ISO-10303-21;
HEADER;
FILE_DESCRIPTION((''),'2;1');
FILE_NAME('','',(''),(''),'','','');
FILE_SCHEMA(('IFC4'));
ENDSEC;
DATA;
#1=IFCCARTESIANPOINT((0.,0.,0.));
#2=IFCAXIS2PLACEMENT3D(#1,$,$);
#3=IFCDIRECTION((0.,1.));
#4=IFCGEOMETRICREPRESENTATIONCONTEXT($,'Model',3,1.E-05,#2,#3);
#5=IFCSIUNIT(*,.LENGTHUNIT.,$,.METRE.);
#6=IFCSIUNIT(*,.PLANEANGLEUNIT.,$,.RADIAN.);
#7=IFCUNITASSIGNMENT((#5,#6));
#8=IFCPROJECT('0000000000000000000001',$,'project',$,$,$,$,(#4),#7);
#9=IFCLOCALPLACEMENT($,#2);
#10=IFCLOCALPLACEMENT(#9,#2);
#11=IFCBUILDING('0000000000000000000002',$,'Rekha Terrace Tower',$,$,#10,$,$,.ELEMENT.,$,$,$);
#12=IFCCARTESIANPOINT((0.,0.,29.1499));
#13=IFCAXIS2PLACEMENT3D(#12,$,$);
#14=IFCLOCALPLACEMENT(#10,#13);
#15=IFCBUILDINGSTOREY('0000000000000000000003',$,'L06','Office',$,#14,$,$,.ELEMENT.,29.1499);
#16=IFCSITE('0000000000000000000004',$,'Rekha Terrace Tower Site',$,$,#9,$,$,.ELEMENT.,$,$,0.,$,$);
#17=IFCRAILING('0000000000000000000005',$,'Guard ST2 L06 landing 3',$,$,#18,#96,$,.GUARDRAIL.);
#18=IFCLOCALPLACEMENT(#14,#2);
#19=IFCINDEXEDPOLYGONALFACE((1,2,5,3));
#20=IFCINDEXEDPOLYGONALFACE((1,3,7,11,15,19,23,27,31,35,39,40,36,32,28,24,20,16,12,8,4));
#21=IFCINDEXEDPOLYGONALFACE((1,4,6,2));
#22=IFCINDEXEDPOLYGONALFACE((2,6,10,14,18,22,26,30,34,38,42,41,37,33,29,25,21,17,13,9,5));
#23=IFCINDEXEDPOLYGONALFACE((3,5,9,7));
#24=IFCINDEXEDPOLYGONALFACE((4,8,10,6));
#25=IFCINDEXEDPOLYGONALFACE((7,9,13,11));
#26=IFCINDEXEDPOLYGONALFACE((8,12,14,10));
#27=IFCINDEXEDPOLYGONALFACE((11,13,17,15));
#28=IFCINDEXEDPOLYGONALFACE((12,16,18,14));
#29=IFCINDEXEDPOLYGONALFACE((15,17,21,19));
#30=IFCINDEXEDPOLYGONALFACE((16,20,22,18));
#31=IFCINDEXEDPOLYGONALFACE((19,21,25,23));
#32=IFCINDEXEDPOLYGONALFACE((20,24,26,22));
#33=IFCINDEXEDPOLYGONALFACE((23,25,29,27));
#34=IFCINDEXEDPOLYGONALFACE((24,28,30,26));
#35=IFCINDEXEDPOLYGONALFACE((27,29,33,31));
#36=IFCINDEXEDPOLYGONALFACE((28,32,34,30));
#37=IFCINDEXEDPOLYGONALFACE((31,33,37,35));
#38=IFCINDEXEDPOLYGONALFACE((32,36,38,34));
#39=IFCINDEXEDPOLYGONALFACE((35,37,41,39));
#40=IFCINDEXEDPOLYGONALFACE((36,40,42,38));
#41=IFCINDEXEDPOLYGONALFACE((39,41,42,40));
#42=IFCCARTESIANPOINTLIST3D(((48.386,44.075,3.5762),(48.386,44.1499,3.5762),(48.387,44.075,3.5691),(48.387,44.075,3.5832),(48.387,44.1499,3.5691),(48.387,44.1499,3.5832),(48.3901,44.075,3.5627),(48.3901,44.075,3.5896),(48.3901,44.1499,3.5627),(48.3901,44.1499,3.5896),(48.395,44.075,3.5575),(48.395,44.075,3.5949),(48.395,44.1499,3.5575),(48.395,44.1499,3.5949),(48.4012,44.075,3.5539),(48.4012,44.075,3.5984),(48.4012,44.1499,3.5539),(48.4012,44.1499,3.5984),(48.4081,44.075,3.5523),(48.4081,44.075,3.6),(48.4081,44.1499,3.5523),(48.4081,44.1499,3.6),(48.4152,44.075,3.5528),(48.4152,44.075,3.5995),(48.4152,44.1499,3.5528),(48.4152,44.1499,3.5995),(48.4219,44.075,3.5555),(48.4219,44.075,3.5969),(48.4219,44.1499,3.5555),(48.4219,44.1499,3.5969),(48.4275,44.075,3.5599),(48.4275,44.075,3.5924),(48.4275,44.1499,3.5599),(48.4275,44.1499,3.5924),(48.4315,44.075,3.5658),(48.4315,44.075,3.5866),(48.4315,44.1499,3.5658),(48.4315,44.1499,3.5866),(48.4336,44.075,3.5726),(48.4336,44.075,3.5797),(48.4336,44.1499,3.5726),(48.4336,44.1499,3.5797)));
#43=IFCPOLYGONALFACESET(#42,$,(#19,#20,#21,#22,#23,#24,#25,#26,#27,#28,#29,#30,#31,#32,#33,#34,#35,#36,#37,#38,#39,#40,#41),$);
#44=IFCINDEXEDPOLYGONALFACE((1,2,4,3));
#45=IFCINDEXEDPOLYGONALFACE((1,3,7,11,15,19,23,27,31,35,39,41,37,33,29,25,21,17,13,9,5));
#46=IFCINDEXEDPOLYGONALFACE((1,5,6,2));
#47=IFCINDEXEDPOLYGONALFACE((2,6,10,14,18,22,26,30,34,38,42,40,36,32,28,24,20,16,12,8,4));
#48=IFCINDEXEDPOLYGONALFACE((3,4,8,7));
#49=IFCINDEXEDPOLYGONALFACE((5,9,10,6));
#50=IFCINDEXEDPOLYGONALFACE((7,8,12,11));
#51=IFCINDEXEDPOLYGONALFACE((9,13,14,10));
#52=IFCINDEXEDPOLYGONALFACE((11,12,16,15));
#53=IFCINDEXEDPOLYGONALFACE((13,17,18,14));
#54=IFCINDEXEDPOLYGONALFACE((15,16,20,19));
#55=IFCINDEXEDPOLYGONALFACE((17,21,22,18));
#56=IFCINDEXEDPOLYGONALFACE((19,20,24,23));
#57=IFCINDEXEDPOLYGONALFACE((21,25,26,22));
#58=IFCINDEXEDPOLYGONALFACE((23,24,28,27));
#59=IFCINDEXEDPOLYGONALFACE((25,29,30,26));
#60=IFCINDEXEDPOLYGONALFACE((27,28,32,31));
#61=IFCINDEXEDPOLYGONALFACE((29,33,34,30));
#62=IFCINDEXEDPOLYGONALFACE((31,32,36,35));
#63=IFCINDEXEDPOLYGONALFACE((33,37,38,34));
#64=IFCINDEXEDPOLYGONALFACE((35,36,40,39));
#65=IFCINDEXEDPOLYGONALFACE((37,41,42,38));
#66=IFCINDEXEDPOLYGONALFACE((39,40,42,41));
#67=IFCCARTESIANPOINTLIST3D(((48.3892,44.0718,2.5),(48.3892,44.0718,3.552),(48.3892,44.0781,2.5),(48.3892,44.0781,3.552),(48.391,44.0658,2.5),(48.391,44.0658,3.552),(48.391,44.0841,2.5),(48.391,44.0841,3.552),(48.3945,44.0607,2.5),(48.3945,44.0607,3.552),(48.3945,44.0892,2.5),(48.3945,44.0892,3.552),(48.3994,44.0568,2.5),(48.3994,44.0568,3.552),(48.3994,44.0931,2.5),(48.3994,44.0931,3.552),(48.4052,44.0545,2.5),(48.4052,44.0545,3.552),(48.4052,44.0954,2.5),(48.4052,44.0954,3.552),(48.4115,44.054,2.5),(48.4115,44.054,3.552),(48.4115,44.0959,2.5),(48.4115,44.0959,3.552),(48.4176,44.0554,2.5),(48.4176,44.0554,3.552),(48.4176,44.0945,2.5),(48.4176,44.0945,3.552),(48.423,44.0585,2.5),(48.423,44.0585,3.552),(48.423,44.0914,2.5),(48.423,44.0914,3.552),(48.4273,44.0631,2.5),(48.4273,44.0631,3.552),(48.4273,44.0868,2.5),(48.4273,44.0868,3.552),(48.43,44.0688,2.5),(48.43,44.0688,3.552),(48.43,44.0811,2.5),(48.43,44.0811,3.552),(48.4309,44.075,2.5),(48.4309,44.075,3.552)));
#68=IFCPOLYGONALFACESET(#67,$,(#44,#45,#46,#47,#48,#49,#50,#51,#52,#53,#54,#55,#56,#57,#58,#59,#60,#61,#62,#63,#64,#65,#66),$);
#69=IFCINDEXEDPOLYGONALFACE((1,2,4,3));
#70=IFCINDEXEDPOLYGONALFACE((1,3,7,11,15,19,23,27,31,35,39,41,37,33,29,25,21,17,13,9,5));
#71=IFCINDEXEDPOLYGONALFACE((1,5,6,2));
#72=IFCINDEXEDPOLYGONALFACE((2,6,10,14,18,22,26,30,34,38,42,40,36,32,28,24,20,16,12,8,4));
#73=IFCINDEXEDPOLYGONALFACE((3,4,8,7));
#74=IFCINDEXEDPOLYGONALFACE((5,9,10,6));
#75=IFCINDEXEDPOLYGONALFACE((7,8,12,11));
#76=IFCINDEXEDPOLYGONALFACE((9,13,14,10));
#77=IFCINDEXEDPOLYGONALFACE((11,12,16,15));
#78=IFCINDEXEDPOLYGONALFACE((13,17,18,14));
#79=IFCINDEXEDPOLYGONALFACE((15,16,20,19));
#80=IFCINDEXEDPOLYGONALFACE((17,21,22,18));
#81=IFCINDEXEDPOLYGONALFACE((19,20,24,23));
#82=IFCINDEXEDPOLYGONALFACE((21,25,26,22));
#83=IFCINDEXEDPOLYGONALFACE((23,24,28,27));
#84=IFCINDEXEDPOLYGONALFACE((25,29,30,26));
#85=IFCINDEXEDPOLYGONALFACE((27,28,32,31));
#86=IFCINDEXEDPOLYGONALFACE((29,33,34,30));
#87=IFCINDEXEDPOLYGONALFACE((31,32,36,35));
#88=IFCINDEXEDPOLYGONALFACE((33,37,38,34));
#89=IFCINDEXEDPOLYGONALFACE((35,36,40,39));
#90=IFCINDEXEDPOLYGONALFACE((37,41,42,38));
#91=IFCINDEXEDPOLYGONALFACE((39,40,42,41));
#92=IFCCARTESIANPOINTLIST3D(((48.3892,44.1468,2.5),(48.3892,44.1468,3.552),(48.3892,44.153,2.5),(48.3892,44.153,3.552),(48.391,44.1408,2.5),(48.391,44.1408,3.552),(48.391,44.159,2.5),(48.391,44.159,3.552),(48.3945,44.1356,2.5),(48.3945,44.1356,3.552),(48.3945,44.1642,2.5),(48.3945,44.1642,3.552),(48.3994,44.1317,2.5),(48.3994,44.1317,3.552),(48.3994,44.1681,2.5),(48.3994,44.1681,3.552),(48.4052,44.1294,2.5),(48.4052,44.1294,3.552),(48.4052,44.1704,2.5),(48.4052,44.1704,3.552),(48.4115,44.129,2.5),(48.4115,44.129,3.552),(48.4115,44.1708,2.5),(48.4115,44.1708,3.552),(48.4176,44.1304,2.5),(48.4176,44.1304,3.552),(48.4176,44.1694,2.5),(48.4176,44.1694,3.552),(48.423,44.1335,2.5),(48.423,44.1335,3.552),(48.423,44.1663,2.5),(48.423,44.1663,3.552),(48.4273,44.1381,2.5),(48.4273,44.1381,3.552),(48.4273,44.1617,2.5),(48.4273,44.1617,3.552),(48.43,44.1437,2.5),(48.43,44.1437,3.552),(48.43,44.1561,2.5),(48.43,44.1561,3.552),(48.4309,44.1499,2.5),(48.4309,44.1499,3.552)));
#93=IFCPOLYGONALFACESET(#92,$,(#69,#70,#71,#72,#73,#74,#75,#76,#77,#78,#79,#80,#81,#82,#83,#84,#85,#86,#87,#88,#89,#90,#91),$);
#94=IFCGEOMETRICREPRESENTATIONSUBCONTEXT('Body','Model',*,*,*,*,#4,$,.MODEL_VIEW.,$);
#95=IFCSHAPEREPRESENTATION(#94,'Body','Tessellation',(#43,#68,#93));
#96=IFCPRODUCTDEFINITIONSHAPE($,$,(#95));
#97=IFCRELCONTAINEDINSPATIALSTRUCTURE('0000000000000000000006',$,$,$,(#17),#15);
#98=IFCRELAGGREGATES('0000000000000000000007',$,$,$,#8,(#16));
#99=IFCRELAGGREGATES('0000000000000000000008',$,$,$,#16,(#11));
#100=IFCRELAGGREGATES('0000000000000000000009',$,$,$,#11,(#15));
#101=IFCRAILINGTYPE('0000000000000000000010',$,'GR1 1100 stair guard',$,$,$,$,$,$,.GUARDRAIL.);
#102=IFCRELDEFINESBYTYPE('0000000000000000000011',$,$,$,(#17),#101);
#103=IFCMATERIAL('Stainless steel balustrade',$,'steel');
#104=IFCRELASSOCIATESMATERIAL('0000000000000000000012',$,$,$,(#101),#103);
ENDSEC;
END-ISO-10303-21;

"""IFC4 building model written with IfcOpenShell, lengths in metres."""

from ifc_helpers import new_model, si_unit, direction, frame, origin, origin_2d, place, context, subcontext, project, spatial, circle, extrude, material, type_object, element, save


model = new_model("IFC4")

# Units and contexts
model_context = context("Model", 3, precision=1e-05, world=origin(), true_north=direction((0.0, 1.0)))
body_context = subcontext(model_context, "Body", "Model", "MODEL_VIEW")
ifc_project = project(units=[si_unit("LENGTHUNIT", "METRE"), si_unit("PLANEANGLEUNIT", "RADIAN")], contexts=[model_context])

# Site, building, storey
site_placement = place(None, origin())
site = spatial("IfcSite", under=ifc_project, at=site_placement, Name="Rekha Terrace Tower Site", CompositionType="ELEMENT", RefElevation=0.0)
building_placement = place(site_placement, origin())
building = spatial("IfcBuilding", under=site, at=building_placement, Name="Rekha Terrace Tower", CompositionType="ELEMENT")
storey_placement = place(building_placement, frame((0.0, 0.0, 29.1499)))
storey = spatial("IfcBuildingStorey", under=building, at=storey_placement, Name="L06", Description="Office", CompositionType="ELEMENT", Elevation=29.1499)

# Railing
ifc_material_1 = material(Name="Stainless steel balustrade", Category="steel")
railing_type_1 = type_object("IfcRailingType", Name="GR1 1100 stair guard", PredefinedType="GUARDRAIL", material=ifc_material_1)
railing_1_placement = place(storey_placement, frame((48.4099, 44.075, 2.5)))
element("IfcRailing", 1, at=railing_1_placement, inside=storey, type_object=railing_type_1, Name="Guard ST2 L06 landing 3", PredefinedType="GUARDRAIL", context=body_context, shape_type="SweptSolid", body=[
    extrude(circle(Radius=0.0239, at=origin_2d()), frame((0.0, 0.0, 1.0762), z_axis=(0.0, 1.0, 0.0), x_axis=(-1.0, 0.0, 0.0)), (0.0, 0.0, 1.0), 0.075),
    extrude(circle(Radius=0.021, at=origin_2d()), origin(), (0.0, 0.0, 1.0), 1.052),
    extrude(circle(Radius=0.021, at=origin_2d()), frame((0.0, 0.075, 0.0)), (0.0, 0.0, 1.0), 1.052),
])

save(model, "model.ifc")
